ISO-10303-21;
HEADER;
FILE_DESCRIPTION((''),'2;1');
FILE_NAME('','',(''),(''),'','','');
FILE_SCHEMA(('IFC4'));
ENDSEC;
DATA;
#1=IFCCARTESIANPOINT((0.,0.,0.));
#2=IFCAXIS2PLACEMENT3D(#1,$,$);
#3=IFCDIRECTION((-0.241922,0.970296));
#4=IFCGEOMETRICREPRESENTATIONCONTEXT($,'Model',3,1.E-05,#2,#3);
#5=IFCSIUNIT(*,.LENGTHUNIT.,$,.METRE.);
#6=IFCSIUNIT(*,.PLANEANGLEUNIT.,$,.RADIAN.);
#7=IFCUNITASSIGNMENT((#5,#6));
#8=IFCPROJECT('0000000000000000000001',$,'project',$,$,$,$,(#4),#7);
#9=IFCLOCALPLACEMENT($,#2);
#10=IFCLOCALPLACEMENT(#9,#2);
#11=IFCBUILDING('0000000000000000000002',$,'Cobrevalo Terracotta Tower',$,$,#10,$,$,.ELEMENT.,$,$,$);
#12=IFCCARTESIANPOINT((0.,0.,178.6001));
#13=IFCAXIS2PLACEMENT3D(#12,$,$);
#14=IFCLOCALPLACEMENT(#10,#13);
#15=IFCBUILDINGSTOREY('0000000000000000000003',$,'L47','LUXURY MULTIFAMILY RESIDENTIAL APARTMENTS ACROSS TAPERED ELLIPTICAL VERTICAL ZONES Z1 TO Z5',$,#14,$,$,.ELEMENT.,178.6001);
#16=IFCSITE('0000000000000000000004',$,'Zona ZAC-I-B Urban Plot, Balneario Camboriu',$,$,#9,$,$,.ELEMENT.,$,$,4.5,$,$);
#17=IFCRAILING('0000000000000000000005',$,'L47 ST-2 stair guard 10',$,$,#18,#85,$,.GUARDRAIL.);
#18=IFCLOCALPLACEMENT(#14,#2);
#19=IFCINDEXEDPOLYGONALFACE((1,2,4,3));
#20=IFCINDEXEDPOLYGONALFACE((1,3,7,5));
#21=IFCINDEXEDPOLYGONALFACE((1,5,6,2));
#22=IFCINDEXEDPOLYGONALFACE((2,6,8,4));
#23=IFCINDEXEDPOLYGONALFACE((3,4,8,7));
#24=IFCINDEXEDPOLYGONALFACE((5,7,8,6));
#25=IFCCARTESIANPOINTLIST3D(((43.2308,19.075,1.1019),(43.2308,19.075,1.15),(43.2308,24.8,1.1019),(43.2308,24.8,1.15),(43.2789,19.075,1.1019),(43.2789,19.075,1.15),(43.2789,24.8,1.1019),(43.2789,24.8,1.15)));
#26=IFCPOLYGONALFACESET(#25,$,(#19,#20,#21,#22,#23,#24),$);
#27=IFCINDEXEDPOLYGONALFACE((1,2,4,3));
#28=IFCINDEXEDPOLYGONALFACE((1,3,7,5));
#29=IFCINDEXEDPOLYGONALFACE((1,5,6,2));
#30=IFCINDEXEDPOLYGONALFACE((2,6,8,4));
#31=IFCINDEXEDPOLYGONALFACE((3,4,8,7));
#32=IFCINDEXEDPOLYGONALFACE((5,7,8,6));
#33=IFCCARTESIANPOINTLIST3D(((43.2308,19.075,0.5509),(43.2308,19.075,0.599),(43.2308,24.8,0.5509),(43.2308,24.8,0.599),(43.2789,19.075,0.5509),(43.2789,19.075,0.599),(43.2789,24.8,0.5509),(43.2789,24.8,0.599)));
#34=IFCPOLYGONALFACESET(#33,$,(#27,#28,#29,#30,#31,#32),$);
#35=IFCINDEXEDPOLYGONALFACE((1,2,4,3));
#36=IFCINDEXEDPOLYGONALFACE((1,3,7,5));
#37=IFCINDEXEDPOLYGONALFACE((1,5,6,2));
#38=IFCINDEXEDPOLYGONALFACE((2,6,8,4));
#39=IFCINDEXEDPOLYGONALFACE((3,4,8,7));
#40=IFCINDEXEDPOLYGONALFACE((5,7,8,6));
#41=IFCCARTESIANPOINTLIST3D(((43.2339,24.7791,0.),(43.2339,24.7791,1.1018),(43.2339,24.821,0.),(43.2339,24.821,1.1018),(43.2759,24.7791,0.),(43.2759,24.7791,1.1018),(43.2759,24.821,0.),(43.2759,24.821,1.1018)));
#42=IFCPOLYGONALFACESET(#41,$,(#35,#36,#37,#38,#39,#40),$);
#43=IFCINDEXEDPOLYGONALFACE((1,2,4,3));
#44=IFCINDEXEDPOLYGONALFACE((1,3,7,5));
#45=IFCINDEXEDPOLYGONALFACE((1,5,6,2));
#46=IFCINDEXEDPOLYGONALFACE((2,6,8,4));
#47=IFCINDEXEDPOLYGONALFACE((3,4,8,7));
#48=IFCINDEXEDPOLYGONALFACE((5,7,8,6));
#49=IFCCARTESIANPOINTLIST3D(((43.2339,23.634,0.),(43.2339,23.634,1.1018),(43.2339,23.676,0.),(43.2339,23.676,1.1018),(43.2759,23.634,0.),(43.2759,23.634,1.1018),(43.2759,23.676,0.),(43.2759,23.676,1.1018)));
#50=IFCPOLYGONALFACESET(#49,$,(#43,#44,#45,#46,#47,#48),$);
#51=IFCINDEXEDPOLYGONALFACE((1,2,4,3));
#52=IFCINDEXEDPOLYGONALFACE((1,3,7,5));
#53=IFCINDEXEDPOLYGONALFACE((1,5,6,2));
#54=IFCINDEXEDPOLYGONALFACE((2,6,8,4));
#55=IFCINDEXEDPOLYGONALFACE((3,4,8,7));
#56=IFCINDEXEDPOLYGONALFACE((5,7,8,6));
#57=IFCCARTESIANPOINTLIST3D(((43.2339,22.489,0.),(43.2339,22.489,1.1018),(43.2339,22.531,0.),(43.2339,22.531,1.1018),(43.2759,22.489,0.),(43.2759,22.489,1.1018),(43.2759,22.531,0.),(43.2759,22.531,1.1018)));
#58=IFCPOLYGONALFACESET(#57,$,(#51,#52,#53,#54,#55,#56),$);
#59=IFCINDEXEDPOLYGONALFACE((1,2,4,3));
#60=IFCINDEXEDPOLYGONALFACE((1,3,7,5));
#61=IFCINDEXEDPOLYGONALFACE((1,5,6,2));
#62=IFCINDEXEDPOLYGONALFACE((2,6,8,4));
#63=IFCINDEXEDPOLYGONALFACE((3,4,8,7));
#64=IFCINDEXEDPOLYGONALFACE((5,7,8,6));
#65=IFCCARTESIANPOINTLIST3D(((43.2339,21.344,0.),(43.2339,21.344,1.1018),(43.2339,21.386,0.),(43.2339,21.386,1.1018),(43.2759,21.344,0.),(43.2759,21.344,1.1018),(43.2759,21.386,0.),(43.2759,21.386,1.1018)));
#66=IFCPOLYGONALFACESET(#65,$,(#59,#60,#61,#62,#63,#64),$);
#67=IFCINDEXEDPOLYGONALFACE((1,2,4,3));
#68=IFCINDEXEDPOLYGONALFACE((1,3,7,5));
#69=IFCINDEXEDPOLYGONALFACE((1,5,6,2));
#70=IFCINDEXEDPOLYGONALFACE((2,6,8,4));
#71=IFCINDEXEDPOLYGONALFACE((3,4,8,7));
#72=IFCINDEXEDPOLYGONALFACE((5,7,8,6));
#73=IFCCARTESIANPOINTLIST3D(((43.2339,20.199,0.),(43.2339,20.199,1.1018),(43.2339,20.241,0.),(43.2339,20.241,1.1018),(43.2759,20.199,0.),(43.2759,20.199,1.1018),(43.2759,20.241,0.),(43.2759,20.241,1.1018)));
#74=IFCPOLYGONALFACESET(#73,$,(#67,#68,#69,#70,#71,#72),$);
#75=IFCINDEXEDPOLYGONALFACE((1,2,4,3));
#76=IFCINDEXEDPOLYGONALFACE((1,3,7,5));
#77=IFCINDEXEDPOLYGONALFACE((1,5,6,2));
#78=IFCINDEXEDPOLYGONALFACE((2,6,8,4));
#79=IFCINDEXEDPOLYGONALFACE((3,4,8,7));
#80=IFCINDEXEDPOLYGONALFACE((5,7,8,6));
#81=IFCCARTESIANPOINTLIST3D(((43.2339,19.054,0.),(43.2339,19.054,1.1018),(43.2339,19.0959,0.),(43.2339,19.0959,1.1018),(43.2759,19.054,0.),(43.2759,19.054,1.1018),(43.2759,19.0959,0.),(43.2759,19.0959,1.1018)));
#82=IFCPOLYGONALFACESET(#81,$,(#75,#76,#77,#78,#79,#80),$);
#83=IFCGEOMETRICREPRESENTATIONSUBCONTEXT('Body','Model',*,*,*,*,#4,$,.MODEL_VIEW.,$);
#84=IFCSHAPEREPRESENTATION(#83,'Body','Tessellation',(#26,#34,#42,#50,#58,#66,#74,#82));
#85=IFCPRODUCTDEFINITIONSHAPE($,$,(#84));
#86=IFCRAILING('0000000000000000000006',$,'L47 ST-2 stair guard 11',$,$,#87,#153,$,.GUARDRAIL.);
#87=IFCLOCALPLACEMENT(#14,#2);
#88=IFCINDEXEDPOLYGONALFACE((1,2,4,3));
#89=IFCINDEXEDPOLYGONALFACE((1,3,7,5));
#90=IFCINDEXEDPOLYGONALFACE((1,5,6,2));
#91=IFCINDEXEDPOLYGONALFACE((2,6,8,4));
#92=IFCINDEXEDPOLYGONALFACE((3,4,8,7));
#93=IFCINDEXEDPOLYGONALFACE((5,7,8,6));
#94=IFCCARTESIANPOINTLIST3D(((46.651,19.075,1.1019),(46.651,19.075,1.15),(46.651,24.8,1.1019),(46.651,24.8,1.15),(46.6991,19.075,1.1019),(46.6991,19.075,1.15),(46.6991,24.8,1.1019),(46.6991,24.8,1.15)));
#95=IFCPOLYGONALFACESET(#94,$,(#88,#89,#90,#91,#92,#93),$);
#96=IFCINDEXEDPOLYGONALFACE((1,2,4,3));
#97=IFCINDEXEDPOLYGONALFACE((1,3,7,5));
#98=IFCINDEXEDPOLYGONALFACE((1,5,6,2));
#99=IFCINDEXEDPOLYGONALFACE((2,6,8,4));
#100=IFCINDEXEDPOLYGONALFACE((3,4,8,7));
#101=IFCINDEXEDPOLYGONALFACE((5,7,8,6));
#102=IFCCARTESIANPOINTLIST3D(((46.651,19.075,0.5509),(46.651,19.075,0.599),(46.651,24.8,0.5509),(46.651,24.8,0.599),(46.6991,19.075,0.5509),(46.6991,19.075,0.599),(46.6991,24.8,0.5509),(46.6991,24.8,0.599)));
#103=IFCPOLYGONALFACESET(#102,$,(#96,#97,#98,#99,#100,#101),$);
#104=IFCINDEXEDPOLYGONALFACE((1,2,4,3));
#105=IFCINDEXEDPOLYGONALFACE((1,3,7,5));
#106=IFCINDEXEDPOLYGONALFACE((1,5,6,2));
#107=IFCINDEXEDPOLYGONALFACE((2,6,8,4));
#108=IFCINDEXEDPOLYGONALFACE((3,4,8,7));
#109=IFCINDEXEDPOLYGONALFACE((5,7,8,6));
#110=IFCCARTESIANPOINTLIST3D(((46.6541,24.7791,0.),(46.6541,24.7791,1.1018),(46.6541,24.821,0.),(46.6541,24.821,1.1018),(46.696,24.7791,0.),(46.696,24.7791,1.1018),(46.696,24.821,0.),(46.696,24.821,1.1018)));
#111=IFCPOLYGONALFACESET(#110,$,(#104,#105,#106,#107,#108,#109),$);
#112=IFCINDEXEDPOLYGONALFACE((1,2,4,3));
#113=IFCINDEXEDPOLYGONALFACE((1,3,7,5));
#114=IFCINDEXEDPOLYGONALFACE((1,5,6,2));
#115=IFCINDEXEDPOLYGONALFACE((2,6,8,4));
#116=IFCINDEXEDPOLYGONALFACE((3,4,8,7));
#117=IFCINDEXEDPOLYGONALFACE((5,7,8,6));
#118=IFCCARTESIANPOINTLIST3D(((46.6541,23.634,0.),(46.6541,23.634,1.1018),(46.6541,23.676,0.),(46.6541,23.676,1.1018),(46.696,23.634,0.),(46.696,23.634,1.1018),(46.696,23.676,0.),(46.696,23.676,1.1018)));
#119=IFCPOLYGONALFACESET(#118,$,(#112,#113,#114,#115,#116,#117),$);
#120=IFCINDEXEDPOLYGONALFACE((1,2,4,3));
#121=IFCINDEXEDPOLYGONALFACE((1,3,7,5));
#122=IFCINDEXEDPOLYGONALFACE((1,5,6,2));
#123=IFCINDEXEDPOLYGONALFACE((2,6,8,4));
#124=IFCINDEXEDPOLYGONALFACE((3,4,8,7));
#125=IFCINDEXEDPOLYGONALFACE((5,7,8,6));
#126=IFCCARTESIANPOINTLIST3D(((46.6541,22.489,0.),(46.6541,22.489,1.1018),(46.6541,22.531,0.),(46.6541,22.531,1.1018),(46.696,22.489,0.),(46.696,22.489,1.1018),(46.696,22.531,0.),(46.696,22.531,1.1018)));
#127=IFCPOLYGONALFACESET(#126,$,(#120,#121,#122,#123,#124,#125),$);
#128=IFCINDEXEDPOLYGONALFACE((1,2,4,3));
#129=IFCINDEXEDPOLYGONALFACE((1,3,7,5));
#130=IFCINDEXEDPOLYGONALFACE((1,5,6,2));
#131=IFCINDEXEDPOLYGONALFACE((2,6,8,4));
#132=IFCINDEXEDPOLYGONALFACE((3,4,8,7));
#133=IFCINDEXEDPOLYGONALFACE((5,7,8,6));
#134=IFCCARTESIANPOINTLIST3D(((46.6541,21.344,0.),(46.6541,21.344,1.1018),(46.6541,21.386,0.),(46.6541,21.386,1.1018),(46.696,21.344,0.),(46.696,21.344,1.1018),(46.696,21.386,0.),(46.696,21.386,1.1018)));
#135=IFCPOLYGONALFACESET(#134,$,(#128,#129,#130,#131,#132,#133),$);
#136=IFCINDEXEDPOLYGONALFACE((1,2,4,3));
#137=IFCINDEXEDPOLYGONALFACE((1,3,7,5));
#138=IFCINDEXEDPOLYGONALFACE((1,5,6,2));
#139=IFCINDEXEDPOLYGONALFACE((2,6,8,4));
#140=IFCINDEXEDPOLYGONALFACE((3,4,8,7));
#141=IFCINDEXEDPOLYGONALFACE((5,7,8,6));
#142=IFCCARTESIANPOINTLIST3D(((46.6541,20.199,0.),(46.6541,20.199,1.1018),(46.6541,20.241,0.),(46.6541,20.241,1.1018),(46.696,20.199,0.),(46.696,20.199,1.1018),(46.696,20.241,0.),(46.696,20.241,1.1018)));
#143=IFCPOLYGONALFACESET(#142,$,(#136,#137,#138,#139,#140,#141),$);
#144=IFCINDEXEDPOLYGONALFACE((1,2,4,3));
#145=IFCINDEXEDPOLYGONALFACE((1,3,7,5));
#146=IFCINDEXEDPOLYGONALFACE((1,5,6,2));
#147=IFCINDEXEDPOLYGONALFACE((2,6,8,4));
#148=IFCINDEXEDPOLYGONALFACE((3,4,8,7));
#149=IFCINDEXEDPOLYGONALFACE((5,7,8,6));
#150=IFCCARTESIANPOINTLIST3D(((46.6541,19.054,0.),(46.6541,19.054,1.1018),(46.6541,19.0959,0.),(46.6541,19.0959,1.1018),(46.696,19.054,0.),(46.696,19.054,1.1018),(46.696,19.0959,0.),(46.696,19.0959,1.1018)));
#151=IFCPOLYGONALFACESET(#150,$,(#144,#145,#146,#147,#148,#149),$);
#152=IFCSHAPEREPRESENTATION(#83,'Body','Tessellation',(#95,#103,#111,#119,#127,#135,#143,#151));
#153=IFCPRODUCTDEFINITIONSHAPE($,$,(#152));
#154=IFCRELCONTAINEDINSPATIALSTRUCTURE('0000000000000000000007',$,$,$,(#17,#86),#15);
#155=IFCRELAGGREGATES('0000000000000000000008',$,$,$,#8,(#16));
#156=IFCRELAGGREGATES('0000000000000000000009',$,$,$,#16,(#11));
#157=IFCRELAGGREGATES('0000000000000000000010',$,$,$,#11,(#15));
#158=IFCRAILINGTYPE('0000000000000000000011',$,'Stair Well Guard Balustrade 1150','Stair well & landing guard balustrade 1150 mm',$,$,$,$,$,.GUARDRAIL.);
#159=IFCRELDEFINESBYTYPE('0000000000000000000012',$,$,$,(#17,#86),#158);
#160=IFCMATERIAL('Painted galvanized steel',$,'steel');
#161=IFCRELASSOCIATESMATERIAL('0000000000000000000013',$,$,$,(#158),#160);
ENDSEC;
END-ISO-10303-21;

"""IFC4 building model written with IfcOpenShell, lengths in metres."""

from ifc_helpers import new_model, si_unit, direction, frame, origin, origin_2d, place, context, subcontext, project, spatial, rectangle, extrude, material, type_object, element, save


model = new_model("IFC4")

# Units and contexts
model_context = context("Model", 3, precision=1e-05, world=origin(), true_north=direction((-0.241922, 0.970296)))
body_context = subcontext(model_context, "Body", "Model", "MODEL_VIEW")
ifc_project = project(units=[si_unit("LENGTHUNIT", "METRE"), si_unit("PLANEANGLEUNIT", "RADIAN")], contexts=[model_context])

# Site, building, storey
site_placement = place(None, origin())
site = spatial("IfcSite", under=ifc_project, at=site_placement, Name="Zona ZAC-I-B Urban Plot, Balneario Camboriu", CompositionType="ELEMENT", RefElevation=4.5)
building_placement = place(site_placement, origin())
building = spatial("IfcBuilding", under=site, at=building_placement, Name="Cobrevalo Terracotta Tower", CompositionType="ELEMENT")
storey_placement = place(building_placement, frame((0.0, 0.0, 178.6001)))
storey = spatial("IfcBuildingStorey", under=building, at=storey_placement, Name="L47", Description="LUXURY MULTIFAMILY RESIDENTIAL APARTMENTS ACROSS TAPERED ELLIPTICAL VERTICAL ZONES Z1 TO Z5", CompositionType="ELEMENT", Elevation=178.6001)

# Railings
ifc_material_1 = material(Name="Painted galvanized steel", Category="steel")
railing_type_1 = type_object("IfcRailingType", Name="Stair Well Guard Balustrade 1150", Description="Stair well & landing guard balustrade 1150 mm", PredefinedType="GUARDRAIL", material=ifc_material_1)
for number, where, name in (
    (1, (43.2549, 24.8, 0.0), "L47 ST-2 stair guard 10"),
    (2, (46.675, 24.8, 0.0), "L47 ST-2 stair guard 11"),
):
    element("IfcRailing", number, at=place(storey_placement, frame(where)), inside=storey, type_object=railing_type_1, Name=name, PredefinedType="GUARDRAIL", context=body_context, shape_type="SweptSolid", body=[
        extrude(rectangle(XDim=0.0481, YDim=0.0481, at=origin_2d()), frame((0.0, 0.0, 1.126), z_axis=(0.0, -1.0, 0.0), x_axis=(1.0, 0.0, 0.0)), (0.0, 0.0, 1.0), 5.7251),
        extrude(rectangle(XDim=0.0481, YDim=0.0481, at=origin_2d()), frame((0.0, 0.0, 0.575), z_axis=(0.0, -1.0, 0.0), x_axis=(1.0, 0.0, 0.0)), (0.0, 0.0, 1.0), 5.7251),
        extrude(rectangle(XDim=0.042, YDim=0.042, at=origin_2d()), origin(), (0.0, 0.0, 1.0), 1.1018),
        extrude(rectangle(XDim=0.042, YDim=0.042, at=origin_2d()), frame((0.0, -1.145, 0.0)), (0.0, 0.0, 1.0), 1.1018),
        extrude(rectangle(XDim=0.042, YDim=0.042, at=origin_2d()), frame((0.0, -2.29, 0.0)), (0.0, 0.0, 1.0), 1.1018),
        extrude(rectangle(XDim=0.042, YDim=0.042, at=origin_2d()), frame((0.0, -3.4351, 0.0)), (0.0, 0.0, 1.0), 1.1018),
        extrude(rectangle(XDim=0.042, YDim=0.042, at=origin_2d()), frame((0.0, -4.5801, 0.0)), (0.0, 0.0, 1.0), 1.1018),
        extrude(rectangle(XDim=0.042, YDim=0.042, at=origin_2d()), frame((0.0, -5.7251, 0.0)), (0.0, 0.0, 1.0), 1.1018),
    ])

save(model, "model.ifc")
